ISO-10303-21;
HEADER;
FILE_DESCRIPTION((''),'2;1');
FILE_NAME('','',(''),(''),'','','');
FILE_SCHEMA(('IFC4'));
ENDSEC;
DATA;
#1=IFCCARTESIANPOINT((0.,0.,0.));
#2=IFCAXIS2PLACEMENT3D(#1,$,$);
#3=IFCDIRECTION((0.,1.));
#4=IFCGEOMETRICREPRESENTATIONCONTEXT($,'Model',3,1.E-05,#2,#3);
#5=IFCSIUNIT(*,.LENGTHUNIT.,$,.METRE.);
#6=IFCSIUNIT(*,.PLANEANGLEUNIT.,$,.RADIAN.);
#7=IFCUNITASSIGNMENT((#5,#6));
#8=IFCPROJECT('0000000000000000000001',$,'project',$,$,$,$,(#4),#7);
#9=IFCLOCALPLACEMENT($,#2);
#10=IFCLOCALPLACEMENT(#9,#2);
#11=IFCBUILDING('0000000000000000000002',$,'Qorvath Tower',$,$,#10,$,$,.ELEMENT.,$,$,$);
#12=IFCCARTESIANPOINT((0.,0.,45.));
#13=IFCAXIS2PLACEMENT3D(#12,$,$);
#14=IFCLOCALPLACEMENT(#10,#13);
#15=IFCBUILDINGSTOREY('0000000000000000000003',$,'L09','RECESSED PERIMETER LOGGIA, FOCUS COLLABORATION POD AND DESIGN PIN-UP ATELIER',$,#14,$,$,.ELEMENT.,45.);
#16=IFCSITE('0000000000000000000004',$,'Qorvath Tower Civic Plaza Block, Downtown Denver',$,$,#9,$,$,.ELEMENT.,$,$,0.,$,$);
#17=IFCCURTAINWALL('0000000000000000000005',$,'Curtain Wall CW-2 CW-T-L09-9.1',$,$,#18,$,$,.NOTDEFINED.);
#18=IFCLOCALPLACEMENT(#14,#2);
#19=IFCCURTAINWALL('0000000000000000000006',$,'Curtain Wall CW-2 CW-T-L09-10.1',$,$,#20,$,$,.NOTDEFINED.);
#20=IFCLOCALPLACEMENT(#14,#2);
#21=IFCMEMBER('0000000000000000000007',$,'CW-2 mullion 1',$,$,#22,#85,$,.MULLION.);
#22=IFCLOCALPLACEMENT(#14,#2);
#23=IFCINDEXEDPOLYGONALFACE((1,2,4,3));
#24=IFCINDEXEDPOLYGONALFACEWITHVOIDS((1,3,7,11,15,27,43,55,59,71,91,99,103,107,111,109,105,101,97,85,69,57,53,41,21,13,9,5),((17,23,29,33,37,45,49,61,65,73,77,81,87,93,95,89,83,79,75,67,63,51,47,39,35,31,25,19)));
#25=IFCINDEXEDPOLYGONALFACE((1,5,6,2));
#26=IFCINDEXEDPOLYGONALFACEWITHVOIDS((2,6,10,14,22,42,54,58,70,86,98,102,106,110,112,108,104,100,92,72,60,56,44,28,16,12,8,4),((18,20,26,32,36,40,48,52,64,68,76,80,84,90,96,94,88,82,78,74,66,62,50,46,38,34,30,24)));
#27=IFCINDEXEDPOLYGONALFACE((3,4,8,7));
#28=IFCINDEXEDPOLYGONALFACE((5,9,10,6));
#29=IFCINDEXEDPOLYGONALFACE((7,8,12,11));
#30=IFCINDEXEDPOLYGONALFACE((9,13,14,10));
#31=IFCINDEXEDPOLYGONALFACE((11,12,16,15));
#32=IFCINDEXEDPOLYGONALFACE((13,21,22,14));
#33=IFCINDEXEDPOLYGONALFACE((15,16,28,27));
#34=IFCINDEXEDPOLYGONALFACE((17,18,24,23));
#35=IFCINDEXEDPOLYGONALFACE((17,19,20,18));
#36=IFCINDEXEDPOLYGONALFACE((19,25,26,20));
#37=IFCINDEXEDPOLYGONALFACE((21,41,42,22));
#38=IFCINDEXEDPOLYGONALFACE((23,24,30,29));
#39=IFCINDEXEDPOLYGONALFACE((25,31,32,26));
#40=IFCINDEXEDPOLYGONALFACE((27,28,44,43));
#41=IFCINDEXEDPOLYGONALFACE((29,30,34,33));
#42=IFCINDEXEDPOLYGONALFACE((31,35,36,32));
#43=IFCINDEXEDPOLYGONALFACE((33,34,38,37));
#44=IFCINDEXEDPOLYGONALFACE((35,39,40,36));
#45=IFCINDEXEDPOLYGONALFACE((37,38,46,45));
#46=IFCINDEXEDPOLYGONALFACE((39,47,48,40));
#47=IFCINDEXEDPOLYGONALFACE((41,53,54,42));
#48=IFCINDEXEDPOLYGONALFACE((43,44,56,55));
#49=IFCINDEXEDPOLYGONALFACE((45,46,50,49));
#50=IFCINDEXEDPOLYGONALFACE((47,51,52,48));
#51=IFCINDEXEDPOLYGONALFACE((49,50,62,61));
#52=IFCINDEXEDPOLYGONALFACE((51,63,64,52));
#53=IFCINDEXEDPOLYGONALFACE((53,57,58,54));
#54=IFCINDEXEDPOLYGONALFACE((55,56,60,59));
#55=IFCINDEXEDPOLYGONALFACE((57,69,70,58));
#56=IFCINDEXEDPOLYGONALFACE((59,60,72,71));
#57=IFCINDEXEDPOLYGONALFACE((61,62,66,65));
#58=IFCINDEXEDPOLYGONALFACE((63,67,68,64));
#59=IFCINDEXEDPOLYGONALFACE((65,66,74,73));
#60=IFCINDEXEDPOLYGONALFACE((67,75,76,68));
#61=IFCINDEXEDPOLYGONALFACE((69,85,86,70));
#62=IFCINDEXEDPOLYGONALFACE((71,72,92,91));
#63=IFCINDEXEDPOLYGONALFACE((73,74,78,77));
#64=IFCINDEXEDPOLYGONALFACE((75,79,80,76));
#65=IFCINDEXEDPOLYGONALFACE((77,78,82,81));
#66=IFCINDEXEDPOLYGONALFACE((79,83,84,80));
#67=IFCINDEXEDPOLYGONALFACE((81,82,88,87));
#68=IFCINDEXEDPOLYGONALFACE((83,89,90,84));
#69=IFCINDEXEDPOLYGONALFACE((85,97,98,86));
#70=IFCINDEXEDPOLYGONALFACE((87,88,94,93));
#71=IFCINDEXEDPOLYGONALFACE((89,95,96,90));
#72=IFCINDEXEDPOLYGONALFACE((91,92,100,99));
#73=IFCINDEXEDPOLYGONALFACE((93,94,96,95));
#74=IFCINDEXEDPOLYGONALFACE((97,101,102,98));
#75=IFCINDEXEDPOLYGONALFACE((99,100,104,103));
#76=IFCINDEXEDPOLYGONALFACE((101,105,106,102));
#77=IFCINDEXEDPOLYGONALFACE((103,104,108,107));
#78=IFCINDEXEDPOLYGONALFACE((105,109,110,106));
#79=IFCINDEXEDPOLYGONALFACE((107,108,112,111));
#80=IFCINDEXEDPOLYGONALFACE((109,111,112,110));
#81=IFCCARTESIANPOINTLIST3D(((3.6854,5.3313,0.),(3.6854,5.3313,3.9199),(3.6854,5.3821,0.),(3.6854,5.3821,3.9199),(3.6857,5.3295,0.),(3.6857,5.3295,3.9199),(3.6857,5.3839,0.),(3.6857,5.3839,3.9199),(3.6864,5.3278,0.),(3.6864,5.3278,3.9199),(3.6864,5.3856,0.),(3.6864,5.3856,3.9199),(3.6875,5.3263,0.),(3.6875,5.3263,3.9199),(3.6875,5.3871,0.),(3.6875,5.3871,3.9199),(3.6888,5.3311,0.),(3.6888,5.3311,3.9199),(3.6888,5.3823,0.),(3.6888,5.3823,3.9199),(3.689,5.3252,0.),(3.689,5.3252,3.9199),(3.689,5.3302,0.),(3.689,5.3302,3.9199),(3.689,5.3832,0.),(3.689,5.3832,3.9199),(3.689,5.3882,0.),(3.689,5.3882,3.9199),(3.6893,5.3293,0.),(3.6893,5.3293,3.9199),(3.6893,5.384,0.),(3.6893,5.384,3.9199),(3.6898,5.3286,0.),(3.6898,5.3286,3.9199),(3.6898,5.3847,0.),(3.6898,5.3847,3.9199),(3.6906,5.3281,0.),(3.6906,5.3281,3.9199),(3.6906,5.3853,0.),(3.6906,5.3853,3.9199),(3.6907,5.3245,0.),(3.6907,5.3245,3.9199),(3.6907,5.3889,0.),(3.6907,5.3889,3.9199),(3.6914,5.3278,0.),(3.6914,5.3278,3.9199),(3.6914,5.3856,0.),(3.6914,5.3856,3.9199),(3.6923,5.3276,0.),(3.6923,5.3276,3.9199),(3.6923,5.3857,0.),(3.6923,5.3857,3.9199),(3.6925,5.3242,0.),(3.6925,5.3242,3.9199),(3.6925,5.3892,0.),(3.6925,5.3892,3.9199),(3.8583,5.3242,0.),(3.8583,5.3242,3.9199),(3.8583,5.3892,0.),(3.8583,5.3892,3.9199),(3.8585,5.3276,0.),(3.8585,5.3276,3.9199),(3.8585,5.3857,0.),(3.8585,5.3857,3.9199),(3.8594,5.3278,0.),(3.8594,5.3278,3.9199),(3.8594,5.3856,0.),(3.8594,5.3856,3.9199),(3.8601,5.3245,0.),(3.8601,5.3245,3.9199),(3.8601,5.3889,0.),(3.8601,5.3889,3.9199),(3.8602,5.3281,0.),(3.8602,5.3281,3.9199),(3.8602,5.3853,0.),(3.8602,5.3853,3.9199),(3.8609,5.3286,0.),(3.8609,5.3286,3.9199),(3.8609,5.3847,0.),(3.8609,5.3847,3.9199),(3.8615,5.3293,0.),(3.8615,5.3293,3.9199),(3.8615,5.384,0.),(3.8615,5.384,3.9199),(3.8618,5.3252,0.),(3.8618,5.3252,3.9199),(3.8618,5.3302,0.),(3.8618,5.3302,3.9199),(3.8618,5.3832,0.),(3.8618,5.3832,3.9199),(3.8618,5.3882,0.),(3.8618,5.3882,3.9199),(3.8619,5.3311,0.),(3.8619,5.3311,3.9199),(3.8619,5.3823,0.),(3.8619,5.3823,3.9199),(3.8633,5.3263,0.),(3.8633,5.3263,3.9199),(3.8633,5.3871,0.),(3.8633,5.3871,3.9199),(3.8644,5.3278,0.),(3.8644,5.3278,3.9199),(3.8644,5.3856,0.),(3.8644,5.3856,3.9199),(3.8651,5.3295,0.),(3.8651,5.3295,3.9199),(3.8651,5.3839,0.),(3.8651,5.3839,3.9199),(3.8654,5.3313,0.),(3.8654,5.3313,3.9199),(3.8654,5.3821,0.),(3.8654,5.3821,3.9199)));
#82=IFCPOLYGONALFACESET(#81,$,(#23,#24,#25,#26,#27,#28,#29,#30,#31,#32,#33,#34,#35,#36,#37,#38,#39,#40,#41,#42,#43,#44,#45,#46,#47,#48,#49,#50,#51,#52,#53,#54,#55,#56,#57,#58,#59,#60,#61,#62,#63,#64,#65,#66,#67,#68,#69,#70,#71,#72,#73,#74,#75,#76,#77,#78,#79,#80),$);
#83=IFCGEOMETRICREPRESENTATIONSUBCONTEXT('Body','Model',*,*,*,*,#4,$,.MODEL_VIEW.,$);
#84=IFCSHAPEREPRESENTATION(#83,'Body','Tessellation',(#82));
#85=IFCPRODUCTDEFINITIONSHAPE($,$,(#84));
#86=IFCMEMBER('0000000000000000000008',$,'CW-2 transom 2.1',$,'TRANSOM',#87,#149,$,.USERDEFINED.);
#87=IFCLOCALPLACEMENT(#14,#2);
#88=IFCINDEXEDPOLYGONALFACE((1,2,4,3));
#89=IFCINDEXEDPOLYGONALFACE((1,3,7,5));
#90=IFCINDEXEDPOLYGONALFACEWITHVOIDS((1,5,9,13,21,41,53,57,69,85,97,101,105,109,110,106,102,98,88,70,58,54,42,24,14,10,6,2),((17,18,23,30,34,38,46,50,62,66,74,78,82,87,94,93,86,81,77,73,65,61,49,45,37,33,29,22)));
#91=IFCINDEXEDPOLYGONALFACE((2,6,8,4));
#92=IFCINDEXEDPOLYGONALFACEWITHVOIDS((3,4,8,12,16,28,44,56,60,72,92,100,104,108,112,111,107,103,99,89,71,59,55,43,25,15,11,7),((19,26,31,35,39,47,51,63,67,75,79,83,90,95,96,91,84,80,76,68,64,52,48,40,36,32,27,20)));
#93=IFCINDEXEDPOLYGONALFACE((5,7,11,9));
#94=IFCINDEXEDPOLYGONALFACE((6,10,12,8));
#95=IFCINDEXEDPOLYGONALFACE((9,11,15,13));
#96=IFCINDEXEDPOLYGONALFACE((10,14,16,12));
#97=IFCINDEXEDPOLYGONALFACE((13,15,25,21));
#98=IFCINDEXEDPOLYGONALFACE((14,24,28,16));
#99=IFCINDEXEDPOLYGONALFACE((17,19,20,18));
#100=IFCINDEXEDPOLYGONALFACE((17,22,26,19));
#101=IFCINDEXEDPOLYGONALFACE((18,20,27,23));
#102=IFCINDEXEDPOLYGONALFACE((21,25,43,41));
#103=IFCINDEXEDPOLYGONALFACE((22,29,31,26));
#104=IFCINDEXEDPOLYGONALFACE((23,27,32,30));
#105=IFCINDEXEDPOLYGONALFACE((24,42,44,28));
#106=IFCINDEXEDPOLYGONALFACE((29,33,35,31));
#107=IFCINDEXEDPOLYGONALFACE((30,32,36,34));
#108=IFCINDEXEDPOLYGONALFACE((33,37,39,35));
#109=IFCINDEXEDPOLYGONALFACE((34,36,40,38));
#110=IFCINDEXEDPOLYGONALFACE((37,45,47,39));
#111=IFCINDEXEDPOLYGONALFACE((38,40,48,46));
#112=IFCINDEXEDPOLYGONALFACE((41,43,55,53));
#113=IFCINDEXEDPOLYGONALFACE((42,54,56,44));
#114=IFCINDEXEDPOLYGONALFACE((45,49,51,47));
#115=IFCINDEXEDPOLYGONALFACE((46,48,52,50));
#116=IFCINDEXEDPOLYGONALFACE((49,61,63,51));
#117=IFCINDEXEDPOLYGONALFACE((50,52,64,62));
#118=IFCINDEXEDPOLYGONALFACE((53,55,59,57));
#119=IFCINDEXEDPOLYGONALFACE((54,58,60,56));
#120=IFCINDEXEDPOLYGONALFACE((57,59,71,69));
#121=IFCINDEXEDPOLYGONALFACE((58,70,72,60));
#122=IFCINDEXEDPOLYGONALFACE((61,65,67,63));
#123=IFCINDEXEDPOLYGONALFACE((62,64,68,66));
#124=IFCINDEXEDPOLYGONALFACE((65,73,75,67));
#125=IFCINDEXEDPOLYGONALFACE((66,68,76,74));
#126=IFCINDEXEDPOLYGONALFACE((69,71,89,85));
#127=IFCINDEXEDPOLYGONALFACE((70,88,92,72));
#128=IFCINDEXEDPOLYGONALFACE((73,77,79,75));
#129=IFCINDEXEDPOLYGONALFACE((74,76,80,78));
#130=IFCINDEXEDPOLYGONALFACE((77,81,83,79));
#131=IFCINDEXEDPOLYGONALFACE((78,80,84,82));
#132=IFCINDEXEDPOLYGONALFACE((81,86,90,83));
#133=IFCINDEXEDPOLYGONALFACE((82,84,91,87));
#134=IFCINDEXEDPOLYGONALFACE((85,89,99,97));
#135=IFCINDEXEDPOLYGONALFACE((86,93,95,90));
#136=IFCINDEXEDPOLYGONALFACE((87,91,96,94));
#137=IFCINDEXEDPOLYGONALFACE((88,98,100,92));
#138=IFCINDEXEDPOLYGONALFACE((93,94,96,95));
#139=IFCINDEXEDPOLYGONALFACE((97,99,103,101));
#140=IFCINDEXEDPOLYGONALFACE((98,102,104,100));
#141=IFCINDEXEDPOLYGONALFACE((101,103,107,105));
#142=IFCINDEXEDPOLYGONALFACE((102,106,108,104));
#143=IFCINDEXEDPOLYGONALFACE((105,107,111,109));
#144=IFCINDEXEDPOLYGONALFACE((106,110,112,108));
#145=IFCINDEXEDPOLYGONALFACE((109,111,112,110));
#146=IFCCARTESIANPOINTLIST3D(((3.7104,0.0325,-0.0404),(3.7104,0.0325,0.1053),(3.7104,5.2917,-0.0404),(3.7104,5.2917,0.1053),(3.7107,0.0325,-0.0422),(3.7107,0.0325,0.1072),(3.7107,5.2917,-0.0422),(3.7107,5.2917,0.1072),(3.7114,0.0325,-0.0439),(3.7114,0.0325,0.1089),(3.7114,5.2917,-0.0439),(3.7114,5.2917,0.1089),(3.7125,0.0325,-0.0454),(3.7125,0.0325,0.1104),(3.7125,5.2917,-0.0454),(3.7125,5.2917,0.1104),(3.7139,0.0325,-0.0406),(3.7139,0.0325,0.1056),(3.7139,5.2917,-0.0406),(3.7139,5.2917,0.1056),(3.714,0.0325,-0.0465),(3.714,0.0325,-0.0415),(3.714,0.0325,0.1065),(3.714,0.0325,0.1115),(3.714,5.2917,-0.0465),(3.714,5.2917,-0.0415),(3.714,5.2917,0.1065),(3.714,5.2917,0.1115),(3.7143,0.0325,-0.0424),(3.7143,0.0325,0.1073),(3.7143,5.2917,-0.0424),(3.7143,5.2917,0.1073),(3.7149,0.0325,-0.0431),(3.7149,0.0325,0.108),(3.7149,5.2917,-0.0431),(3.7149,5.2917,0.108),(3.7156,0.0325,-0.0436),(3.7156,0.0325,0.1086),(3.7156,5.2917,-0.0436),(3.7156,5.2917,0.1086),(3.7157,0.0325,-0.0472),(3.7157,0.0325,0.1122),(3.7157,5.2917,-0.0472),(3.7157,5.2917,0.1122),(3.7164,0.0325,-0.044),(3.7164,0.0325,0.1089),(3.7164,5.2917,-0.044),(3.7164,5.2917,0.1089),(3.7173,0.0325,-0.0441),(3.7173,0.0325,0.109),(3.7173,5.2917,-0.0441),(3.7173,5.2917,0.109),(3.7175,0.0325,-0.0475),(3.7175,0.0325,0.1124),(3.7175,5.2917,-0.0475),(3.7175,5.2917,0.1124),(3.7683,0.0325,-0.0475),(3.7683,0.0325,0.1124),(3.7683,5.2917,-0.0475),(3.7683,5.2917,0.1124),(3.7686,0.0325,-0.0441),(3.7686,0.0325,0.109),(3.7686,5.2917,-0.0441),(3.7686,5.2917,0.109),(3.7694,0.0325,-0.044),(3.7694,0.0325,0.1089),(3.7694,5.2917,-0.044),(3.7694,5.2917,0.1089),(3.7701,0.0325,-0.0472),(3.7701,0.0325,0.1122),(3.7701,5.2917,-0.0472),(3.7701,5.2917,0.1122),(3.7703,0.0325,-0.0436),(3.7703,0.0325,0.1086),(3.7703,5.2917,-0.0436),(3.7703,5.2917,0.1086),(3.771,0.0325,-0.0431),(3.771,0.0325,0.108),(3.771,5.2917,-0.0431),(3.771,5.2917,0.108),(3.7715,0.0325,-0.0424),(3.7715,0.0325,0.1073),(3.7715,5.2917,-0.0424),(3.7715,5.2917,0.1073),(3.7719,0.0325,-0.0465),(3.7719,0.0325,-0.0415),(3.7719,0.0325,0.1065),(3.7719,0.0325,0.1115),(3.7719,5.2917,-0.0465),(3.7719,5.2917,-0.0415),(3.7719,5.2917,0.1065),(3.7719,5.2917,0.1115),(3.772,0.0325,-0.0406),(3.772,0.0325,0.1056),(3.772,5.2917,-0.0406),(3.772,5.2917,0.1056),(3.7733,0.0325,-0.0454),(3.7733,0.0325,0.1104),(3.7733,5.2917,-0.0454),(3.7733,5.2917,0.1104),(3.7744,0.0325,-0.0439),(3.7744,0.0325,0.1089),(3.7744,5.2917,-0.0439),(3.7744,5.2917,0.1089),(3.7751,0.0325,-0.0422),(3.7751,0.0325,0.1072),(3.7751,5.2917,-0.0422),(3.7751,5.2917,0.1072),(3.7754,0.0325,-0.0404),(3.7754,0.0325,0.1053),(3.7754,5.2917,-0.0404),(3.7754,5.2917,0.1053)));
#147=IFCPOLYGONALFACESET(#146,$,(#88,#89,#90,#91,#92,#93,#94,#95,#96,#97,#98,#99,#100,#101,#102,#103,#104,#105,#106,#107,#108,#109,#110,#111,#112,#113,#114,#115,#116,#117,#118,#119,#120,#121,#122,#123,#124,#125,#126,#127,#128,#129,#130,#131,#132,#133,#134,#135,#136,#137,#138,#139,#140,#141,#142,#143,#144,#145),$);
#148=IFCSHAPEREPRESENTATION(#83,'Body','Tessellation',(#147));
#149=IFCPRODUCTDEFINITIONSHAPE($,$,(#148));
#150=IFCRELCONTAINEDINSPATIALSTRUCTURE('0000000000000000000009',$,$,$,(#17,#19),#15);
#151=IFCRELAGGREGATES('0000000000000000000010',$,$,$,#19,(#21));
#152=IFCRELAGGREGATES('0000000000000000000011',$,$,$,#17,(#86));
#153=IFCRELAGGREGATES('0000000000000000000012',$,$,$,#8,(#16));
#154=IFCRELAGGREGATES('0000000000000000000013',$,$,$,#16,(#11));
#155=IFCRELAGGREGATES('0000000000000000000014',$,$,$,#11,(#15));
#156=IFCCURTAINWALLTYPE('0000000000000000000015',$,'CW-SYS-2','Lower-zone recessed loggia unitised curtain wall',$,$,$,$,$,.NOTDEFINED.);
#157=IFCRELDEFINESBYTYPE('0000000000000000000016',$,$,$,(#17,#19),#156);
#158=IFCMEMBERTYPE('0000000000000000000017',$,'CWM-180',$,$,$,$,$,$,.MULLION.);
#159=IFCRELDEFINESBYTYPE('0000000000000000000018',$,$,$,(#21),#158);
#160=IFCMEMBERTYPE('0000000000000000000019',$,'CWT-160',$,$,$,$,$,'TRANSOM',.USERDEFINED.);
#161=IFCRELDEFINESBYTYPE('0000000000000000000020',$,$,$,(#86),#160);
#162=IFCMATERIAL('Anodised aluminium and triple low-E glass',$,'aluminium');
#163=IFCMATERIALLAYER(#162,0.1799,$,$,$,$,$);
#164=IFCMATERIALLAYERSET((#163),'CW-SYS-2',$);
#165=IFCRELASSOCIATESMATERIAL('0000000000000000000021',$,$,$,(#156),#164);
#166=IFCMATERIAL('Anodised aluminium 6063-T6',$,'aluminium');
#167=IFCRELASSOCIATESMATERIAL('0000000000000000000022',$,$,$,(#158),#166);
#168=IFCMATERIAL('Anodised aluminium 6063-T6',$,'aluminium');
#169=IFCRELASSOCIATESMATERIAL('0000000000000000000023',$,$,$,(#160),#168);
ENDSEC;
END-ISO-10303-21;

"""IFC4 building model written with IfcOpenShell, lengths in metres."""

from ifc_helpers import new_model, si_unit, direction, frame, origin, origin_2d, place, context, subcontext, project, spatial, hollow_rectangle, extrude, material, layer, layer_set, material_profile, profile_set, type_object, element, aggregate, save


model = new_model("IFC4")

# Units and contexts
model_context = context("Model", 3, precision=1e-05, world=origin(), true_north=direction((0.0, 1.0)))
body_context = subcontext(model_context, "Body", "Model", "MODEL_VIEW")
ifc_project = project(units=[si_unit("LENGTHUNIT", "METRE"), si_unit("PLANEANGLEUNIT", "RADIAN")], contexts=[model_context])

# Site, building, storey
site_placement = place(None, origin())
site = spatial("IfcSite", under=ifc_project, at=site_placement, Name="Qorvath Tower Civic Plaza Block, Downtown Denver", CompositionType="ELEMENT", RefElevation=0.0)
building_placement = place(site_placement, origin())
building = spatial("IfcBuilding", under=site, at=building_placement, Name="Qorvath Tower", CompositionType="ELEMENT")
storey_placement = place(building_placement, frame((0.0, 0.0, 45.0)))
storey = spatial("IfcBuildingStorey", under=building, at=storey_placement, Name="L09", Description="RECESSED PERIMETER LOGGIA, FOCUS COLLABORATION POD AND DESIGN PIN-UP ATELIER", CompositionType="ELEMENT", Elevation=45.0)

# Curtain wall
ifc_material_1 = material(Name="Anodised aluminium and triple low-E glass", Category="aluminium")
ifc_layer_1 = layer(ifc_material_1, 0.1799)
ifc_layer_set_1 = layer_set([ifc_layer_1], Name="CW-SYS-2")
curtain_wall_type = type_object("IfcCurtainWallType", Name="CW-SYS-2", Description="Lower-zone recessed loggia unitised curtain wall", PredefinedType="NOTDEFINED", material=ifc_layer_set_1)
curtain_wall_1_placement = place(storey_placement, origin())
curtain_wall_1 = element("IfcCurtainWall", 1, at=curtain_wall_1_placement, inside=storey, type_object=curtain_wall_type, Name="Curtain Wall CW-2 CW-T-L09-9.1", PredefinedType="NOTDEFINED")
ifc_material_2 = material(Name="Anodised aluminium 6063-T6", Category="aluminium")
ifc_material_profile_1 = material_profile(ifc_material_2, hollow_rectangle(XDim=0.0649, YDim=0.1799, WallThickness=0.0034, InnerFilletRadius=0.0034, OuterFilletRadius=0.0071, at=origin_2d()), Name="CWM 180x65")
ifc_profile_set_1 = profile_set([ifc_material_profile_1], Name="Anodised aluminium 6063-T6")
member_type_1 = type_object("IfcMemberType", Name="CWM-180", PredefinedType="MULLION", material=ifc_profile_set_1)

# Curtain wall, member
curtain_wall_2_placement = place(storey_placement, origin())
curtain_wall_2 = element("IfcCurtainWall", 2, at=curtain_wall_2_placement, inside=storey, type_object=curtain_wall_type, Name="Curtain Wall CW-2 CW-T-L09-10.1", PredefinedType="NOTDEFINED")
member_1_placement = place(storey_placement, frame((3.7754, 5.3567, 0.0), z_axis=(0.0, 0.0, 1.0), x_axis=(0.0, 1.0, 0.0)))
member_1 = element("IfcMember", 3, at=member_1_placement, type_object=member_type_1, Name="CW-2 mullion 1", PredefinedType="MULLION", context=body_context, shape_type="SweptSolid", body=[
    extrude(hollow_rectangle(XDim=0.0649, YDim=0.1799, WallThickness=0.0034, InnerFilletRadius=0.0034, OuterFilletRadius=0.0071, at=origin_2d()), origin(), (0.0, 0.0, 1.0), 3.9199),
])

# Member
ifc_material_3 = material(Name="Anodised aluminium 6063-T6", Category="aluminium")
ifc_material_profile_2 = material_profile(ifc_material_3, hollow_rectangle(XDim=0.0649, YDim=0.1599, WallThickness=0.0034, InnerFilletRadius=0.0034, OuterFilletRadius=0.0071, at=origin_2d()), Name="CWT 160x65")
ifc_profile_set_2 = profile_set([ifc_material_profile_2], Name="Anodised aluminium 6063-T6")
member_type_2 = type_object("IfcMemberType", Name="CWT-160", ElementType="TRANSOM", PredefinedType="USERDEFINED", material=ifc_profile_set_2)
member_2_placement = place(storey_placement, frame((3.7429, 0.0325, 0.0325), z_axis=(0.0, 1.0, 0.0), x_axis=(-1.0, 0.0, 0.0)))
member_2 = element("IfcMember", 4, at=member_2_placement, type_object=member_type_2, Name="CW-2 transom 2.1", ObjectType="TRANSOM", PredefinedType="USERDEFINED", context=body_context, shape_type="SweptSolid", body=[
    extrude(hollow_rectangle(XDim=0.0649, YDim=0.1599, WallThickness=0.0034, InnerFilletRadius=0.0034, OuterFilletRadius=0.0071, at=origin_2d()), origin(), (0.0, 0.0, 1.0), 5.2593),
])
aggregate(curtain_wall_2, [member_1])

aggregate(curtain_wall_1, [member_2])

save(model, "model.ifc")
